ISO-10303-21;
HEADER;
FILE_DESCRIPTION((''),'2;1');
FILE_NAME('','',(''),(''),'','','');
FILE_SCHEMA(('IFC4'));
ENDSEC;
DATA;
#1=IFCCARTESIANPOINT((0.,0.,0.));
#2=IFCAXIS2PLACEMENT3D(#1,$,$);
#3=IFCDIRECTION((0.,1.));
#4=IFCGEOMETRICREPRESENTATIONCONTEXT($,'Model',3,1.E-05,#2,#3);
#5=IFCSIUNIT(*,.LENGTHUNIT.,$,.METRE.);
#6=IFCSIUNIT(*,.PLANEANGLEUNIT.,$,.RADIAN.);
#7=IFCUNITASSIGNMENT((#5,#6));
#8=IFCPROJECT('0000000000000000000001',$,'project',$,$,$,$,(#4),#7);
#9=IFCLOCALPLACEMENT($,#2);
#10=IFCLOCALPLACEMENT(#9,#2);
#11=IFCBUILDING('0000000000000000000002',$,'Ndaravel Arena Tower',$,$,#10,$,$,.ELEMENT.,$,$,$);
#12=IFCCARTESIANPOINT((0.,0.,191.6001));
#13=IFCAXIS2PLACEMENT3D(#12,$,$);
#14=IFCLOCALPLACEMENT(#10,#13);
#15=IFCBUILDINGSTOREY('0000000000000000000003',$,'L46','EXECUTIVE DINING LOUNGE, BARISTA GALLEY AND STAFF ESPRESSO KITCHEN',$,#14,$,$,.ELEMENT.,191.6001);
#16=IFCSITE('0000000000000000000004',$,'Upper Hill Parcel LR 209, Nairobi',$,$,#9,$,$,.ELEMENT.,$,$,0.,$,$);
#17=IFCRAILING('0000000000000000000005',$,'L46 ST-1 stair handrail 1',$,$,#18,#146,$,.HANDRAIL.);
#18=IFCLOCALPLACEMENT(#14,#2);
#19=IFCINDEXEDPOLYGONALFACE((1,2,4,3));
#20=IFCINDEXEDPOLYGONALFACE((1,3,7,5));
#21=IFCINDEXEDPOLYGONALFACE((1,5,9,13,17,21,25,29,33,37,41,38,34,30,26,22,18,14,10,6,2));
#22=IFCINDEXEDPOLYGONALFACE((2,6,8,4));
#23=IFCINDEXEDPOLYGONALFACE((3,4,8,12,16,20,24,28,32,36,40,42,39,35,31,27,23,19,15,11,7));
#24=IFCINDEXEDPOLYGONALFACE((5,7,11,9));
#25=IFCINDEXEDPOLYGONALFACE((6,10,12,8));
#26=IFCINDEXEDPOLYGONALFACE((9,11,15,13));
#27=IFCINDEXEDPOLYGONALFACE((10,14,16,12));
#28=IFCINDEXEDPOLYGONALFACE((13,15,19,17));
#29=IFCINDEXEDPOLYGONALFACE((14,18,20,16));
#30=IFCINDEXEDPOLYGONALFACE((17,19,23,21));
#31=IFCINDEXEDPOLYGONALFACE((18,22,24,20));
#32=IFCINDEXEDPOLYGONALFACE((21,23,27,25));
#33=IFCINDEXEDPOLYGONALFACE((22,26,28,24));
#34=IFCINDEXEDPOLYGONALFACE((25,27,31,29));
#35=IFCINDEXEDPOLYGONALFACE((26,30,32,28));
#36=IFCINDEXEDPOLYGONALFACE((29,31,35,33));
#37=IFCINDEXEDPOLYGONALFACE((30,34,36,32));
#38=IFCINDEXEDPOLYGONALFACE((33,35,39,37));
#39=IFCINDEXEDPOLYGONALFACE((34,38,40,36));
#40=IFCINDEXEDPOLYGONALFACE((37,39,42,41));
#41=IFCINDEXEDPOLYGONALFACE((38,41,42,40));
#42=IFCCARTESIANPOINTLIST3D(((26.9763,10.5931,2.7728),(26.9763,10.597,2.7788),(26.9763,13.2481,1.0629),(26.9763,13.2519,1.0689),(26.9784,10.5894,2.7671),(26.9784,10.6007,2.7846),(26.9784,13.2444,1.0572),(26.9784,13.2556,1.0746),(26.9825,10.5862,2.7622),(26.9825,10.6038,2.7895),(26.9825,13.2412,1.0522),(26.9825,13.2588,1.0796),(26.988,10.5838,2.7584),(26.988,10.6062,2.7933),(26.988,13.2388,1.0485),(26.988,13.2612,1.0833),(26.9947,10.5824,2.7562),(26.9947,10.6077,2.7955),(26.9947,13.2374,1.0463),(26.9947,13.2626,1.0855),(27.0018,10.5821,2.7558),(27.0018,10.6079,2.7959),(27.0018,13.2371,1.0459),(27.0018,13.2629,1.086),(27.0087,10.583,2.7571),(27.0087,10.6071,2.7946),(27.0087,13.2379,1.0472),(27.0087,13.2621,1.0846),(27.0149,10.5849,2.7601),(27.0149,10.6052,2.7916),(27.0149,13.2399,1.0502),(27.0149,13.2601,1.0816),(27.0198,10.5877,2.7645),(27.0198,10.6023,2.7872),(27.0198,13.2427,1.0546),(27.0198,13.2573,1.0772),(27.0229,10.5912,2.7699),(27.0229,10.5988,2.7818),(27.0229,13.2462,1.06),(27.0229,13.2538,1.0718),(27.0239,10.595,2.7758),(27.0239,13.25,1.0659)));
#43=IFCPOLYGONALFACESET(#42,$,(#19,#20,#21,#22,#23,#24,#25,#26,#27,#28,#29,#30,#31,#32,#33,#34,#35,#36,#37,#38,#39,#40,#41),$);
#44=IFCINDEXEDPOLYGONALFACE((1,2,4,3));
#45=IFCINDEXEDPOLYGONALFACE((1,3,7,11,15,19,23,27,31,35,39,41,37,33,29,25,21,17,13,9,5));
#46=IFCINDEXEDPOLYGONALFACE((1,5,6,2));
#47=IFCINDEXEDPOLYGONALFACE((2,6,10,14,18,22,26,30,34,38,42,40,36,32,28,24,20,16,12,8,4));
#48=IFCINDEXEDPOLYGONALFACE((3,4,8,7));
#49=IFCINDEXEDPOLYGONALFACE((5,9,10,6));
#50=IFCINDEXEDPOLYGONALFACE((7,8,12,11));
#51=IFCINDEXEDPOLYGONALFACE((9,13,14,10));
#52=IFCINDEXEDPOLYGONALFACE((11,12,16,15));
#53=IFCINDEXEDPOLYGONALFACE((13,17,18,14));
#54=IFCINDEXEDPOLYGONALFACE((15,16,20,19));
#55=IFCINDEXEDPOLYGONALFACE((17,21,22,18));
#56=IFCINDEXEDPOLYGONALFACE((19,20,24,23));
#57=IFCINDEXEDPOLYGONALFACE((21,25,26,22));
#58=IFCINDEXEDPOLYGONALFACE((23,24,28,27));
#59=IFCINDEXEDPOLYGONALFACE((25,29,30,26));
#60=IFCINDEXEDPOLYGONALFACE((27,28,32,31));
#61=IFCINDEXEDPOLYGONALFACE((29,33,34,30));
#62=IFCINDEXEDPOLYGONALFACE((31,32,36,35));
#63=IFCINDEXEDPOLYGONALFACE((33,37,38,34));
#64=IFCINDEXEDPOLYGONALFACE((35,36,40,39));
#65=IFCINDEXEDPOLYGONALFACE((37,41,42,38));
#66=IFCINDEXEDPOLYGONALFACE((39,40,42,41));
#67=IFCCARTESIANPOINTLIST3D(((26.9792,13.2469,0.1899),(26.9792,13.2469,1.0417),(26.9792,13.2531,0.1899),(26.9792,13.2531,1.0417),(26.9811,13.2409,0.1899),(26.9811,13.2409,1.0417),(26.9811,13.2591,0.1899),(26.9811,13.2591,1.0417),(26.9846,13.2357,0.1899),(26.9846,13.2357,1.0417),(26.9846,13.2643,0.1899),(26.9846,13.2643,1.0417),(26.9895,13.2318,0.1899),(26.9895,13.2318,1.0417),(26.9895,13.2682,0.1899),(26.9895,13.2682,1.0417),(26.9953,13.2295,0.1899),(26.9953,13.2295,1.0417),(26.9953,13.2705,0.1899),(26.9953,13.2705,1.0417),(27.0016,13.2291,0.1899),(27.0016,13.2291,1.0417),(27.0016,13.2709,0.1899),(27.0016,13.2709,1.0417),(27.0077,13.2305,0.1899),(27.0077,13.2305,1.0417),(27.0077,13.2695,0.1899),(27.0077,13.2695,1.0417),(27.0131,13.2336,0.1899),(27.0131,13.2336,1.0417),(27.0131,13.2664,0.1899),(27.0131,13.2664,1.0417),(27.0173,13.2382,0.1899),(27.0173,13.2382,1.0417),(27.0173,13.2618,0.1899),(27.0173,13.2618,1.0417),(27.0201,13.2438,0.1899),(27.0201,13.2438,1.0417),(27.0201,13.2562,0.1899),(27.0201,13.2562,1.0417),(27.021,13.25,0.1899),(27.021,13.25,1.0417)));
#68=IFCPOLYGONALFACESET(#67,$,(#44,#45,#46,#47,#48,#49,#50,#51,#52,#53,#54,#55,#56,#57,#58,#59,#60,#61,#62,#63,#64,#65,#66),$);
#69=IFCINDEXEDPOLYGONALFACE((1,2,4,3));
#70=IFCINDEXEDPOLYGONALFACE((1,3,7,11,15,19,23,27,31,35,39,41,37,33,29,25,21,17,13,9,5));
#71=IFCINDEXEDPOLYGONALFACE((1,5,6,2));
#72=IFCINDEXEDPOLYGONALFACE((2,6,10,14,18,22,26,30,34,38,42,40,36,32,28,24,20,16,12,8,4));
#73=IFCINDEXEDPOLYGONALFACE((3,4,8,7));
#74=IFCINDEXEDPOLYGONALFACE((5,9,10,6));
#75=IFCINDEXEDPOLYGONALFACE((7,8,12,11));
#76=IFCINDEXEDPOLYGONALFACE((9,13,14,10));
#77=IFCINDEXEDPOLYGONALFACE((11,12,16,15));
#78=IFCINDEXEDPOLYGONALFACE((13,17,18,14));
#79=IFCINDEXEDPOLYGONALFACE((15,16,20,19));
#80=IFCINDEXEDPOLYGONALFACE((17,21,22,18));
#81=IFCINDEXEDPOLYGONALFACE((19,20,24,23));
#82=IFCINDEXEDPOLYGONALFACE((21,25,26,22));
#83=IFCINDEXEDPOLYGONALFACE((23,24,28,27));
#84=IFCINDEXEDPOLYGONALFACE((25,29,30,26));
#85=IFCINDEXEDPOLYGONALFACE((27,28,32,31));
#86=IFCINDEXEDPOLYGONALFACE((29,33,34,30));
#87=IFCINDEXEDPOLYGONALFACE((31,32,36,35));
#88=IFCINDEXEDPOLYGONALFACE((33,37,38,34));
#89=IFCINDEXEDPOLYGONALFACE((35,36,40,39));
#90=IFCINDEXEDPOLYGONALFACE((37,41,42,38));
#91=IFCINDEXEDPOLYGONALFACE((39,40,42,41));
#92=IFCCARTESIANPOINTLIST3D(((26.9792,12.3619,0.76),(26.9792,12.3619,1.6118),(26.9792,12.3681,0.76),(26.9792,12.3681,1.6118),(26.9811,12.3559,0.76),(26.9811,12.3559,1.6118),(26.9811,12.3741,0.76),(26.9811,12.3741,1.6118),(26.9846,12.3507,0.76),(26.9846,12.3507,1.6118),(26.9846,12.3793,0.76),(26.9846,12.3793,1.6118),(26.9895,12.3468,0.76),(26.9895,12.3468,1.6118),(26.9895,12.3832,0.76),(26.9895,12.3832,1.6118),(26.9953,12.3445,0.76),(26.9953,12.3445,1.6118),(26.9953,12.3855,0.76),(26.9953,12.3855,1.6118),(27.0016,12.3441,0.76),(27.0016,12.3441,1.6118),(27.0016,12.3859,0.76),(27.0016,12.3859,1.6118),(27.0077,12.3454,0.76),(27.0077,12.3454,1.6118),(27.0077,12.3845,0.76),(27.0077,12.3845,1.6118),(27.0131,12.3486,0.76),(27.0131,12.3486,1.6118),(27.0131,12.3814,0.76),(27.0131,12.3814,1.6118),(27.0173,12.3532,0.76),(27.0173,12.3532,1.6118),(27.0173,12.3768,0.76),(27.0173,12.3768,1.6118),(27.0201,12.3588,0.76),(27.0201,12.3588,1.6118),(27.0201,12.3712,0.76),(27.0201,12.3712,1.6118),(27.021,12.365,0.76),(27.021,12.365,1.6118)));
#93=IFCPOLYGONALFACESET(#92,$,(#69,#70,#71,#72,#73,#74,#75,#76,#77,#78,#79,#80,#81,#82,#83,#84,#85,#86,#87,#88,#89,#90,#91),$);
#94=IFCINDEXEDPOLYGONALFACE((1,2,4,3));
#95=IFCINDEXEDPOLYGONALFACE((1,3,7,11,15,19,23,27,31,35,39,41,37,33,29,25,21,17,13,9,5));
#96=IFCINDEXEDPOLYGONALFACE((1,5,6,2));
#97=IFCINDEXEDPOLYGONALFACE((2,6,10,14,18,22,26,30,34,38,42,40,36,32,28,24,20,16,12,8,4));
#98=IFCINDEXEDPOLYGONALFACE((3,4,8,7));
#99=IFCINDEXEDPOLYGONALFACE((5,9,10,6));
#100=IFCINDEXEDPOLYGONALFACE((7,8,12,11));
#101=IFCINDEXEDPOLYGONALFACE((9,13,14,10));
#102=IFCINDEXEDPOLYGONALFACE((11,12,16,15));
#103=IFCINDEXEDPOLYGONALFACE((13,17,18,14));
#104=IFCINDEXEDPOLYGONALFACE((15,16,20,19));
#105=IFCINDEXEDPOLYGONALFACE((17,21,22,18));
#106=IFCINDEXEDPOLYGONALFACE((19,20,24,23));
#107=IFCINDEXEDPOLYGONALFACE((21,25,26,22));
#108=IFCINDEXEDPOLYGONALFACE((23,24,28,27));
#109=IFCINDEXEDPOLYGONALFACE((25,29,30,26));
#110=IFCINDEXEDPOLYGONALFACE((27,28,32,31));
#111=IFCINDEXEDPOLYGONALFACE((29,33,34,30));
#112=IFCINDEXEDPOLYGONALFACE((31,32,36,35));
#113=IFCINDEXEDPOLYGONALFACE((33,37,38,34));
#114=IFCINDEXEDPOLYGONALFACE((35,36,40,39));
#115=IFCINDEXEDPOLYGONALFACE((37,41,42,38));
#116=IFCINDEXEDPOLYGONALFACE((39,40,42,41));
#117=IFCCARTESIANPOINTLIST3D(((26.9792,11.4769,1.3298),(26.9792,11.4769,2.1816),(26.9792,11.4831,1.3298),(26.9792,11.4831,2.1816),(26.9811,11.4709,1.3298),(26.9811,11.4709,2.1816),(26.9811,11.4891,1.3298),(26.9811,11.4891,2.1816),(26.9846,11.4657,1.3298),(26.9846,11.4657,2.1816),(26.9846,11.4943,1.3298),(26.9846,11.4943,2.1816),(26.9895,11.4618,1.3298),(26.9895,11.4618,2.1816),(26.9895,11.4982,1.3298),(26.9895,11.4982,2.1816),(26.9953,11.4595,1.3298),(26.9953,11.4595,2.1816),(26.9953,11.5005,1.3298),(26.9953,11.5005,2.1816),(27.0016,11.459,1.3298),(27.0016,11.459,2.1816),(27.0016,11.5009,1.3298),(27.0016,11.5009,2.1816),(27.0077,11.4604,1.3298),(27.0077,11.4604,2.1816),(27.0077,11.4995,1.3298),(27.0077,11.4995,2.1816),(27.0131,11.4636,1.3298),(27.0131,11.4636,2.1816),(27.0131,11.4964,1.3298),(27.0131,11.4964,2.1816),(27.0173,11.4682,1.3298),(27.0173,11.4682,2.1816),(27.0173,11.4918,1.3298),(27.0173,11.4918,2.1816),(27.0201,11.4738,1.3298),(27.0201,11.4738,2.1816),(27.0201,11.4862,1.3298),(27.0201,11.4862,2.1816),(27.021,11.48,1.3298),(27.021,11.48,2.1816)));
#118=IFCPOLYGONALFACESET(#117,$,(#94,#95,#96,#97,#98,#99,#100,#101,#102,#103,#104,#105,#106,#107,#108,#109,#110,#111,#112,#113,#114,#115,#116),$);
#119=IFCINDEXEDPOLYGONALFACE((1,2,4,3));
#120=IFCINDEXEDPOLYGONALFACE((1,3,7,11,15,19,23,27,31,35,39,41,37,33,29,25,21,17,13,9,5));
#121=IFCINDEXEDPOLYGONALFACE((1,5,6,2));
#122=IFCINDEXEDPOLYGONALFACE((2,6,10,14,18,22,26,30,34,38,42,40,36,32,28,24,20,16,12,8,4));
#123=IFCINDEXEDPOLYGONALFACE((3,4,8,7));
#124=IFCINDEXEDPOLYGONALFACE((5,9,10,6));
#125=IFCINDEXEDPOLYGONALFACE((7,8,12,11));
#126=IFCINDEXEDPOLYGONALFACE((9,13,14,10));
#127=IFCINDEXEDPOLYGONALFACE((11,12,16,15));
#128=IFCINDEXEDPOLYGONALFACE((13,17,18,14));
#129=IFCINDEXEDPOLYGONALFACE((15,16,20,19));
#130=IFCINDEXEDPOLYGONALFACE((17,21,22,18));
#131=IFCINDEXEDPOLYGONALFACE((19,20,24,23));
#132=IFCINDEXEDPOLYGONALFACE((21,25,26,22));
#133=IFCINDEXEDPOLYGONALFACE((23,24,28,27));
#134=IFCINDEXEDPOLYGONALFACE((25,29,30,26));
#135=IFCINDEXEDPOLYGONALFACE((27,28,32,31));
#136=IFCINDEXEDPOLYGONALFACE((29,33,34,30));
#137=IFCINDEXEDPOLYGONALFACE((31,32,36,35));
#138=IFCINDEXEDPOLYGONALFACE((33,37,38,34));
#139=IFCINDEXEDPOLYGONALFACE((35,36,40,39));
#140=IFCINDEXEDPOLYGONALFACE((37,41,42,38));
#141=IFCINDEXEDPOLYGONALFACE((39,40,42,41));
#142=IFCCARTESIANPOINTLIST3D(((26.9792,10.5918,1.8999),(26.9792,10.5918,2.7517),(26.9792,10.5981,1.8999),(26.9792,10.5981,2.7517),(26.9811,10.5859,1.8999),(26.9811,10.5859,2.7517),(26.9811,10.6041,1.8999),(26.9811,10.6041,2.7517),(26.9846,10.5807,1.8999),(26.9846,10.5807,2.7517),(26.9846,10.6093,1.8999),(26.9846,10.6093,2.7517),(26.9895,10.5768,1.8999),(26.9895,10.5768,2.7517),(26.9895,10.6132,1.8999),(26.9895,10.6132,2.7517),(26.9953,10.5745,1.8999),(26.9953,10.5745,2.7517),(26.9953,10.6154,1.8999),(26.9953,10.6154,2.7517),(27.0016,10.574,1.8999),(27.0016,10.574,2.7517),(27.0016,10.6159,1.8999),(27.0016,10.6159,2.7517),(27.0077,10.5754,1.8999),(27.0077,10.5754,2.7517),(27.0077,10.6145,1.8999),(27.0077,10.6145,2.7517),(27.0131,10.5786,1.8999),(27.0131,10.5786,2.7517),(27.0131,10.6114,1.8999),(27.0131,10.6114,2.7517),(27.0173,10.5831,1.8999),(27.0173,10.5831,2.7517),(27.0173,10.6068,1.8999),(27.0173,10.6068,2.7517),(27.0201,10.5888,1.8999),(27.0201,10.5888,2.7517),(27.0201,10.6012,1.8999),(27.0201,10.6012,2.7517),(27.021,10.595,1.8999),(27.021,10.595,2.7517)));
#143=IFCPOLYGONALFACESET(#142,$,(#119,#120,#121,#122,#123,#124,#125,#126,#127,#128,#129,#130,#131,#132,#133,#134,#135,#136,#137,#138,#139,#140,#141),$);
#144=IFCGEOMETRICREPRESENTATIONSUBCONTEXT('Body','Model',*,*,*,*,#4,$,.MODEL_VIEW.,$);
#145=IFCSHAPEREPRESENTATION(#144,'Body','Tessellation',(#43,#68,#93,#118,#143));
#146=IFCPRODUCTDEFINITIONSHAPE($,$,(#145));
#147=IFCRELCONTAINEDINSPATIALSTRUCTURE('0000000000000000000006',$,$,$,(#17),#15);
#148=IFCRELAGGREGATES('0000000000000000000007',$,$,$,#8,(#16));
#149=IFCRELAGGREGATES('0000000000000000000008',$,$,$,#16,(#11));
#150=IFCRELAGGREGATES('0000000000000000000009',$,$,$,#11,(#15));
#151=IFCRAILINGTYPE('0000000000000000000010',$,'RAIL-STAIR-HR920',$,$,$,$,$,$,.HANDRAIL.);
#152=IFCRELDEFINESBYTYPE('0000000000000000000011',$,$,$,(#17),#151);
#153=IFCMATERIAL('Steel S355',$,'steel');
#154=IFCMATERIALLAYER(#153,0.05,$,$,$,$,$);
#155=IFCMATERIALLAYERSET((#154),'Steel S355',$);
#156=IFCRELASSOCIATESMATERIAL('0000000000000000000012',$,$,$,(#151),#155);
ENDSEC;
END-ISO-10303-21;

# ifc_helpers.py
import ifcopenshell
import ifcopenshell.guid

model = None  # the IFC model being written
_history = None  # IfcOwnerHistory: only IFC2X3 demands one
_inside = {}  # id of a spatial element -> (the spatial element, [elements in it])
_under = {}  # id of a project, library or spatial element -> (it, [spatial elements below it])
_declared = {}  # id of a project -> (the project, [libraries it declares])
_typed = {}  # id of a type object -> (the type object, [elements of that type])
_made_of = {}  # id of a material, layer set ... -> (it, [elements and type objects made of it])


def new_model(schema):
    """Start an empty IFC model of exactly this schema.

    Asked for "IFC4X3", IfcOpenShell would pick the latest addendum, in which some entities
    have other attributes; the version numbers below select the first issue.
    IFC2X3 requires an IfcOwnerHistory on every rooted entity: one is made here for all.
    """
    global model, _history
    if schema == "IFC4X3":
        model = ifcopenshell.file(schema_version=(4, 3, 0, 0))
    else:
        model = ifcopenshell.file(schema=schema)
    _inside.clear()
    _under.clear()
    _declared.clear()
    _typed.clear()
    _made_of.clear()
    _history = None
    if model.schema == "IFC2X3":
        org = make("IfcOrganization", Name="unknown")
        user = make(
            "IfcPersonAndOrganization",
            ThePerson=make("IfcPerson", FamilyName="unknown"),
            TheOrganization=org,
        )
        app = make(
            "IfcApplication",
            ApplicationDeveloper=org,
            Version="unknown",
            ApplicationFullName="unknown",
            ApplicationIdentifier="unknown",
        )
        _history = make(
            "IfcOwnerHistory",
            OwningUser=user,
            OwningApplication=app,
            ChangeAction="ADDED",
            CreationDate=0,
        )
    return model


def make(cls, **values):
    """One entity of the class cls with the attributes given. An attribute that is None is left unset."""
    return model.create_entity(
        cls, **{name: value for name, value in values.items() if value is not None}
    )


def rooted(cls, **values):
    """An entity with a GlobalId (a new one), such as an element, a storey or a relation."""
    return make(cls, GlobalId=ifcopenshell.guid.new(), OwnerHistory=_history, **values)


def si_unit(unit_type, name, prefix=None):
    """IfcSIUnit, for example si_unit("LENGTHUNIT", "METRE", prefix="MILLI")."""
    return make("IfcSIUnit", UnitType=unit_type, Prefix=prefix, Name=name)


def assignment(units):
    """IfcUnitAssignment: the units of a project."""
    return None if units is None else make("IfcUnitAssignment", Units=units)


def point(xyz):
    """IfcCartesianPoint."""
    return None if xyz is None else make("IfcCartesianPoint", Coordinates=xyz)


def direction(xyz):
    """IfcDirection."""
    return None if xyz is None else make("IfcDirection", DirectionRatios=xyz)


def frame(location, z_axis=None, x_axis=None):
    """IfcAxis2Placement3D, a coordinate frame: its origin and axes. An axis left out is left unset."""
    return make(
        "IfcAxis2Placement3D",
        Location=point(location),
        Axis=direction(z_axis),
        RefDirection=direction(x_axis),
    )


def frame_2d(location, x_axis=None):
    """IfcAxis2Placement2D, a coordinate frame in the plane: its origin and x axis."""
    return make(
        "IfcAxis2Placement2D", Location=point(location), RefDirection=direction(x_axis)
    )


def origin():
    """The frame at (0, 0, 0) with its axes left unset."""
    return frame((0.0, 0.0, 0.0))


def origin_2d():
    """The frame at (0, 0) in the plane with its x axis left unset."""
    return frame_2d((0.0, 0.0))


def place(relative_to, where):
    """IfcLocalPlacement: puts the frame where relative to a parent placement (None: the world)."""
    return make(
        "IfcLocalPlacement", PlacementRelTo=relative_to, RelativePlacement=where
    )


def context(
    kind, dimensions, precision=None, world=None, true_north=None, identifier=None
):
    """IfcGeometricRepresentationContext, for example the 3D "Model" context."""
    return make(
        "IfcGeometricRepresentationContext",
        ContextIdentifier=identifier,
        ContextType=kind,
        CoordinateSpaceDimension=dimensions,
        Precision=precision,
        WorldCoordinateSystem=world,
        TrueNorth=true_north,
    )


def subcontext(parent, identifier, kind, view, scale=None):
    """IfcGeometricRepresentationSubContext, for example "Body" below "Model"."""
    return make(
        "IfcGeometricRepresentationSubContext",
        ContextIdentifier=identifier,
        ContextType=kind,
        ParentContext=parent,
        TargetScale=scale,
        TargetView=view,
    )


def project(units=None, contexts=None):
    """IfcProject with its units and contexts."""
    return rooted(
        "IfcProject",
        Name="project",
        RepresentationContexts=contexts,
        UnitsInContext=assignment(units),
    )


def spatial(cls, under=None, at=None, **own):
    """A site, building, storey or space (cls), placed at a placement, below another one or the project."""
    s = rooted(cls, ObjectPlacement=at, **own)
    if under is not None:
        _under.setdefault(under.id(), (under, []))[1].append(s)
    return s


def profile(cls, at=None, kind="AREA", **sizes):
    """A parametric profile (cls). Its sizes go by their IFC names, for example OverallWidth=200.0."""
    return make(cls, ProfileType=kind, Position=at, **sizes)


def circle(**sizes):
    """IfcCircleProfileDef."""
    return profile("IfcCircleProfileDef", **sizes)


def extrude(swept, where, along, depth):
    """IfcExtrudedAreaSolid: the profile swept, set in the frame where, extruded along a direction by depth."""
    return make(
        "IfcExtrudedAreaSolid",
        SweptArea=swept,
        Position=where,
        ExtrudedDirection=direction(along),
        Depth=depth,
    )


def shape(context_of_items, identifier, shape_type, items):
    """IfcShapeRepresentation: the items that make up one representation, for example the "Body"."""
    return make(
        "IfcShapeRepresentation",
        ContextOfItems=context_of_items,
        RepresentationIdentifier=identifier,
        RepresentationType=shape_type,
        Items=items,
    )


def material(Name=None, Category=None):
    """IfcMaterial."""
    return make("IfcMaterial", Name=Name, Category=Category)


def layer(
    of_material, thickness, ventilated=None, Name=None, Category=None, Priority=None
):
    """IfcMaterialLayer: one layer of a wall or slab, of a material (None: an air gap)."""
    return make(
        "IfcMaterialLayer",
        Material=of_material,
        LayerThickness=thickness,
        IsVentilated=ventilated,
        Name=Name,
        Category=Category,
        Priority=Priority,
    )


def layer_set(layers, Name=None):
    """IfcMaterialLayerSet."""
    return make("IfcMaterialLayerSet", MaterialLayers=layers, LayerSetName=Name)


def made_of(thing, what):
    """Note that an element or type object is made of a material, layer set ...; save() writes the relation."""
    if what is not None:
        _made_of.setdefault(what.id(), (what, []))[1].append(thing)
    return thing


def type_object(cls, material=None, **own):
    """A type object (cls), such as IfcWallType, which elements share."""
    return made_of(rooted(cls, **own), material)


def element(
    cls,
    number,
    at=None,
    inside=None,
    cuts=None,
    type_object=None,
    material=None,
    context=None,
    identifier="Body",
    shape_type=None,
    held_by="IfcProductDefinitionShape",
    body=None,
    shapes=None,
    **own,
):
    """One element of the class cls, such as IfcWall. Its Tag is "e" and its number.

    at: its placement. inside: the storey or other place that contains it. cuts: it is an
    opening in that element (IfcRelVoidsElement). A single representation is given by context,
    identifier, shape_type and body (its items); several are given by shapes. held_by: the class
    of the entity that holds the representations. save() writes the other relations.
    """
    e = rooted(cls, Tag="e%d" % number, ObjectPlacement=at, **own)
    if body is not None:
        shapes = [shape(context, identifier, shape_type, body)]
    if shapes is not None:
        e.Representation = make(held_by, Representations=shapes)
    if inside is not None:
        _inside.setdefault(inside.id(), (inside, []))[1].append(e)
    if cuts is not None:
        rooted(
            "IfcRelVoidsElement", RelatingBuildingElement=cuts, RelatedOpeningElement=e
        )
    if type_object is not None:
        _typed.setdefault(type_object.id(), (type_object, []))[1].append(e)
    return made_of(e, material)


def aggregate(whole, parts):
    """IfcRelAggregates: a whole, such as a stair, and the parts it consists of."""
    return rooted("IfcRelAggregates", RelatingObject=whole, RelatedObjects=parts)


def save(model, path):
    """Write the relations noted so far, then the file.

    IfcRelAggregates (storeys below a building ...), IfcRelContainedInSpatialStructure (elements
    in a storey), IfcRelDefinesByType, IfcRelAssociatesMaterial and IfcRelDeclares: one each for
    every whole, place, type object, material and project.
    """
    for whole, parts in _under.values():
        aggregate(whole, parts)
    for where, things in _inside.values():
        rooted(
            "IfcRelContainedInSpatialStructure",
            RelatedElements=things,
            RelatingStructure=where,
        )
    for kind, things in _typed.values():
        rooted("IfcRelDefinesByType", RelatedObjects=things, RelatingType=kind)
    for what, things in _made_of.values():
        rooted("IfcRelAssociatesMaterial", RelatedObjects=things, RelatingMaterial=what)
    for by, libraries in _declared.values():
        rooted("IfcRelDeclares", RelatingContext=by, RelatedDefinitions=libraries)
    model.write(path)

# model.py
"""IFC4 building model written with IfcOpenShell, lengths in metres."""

from ifc_helpers import new_model, si_unit, direction, frame, origin, origin_2d, place, context, subcontext, project, spatial, circle, extrude, material, layer, layer_set, type_object, element, save


model = new_model("IFC4")

# Units and contexts
model_context = context("Model", 3, precision=1e-05, world=origin(), true_north=direction((0.0, 1.0)))
body_context = subcontext(model_context, "Body", "Model", "MODEL_VIEW")
ifc_project = project(units=[si_unit("LENGTHUNIT", "METRE"), si_unit("PLANEANGLEUNIT", "RADIAN")], contexts=[model_context])

# Site, building, storey
site_placement = place(None, origin())
site = spatial("IfcSite", under=ifc_project, at=site_placement, Name="Upper Hill Parcel LR 209, Nairobi", CompositionType="ELEMENT", RefElevation=0.0)
building_placement = place(site_placement, origin())
building = spatial("IfcBuilding", under=site, at=building_placement, Name="Ndaravel Arena Tower", CompositionType="ELEMENT")
storey_placement = place(building_placement, frame((0.0, 0.0, 191.6001)))
storey = spatial("IfcBuildingStorey", under=building, at=storey_placement, Name="L46", Description="EXECUTIVE DINING LOUNGE, BARISTA GALLEY AND STAFF ESPRESSO KITCHEN", CompositionType="ELEMENT", Elevation=191.6001)

# Railing
ifc_material_1 = material(Name="Steel S355", Category="steel")
ifc_layer_1 = layer(ifc_material_1, 0.05)
ifc_layer_set_1 = layer_set([ifc_layer_1], Name="Steel S355")
railing_type_1 = type_object("IfcRailingType", Name="RAIL-STAIR-HR920", PredefinedType="HANDRAIL", material=ifc_layer_set_1)
railing_1_placement = place(storey_placement, frame((27.0, 13.25, 0.1899)))
element("IfcRailing", 1, at=railing_1_placement, inside=storey, type_object=railing_type_1, Name="L46 ST-1 stair handrail 1", PredefinedType="HANDRAIL", context=body_context, shape_type="SweptSolid", body=[
    extrude(circle(Radius=0.0239, at=origin_2d()), frame((0.0, 0.0, 0.876), z_axis=(0.0, -0.840724, 0.541465), x_axis=(1.0, 0.0, 0.0)), (0.0, 0.0, 1.0), 3.158),
    extrude(circle(Radius=0.021, at=origin_2d()), origin(), (0.0, 0.0, 1.0), 0.8518),
    extrude(circle(Radius=0.021, at=origin_2d()), frame((0.0, -0.885, 0.5701)), (0.0, 0.0, 1.0), 0.8518),
    extrude(circle(Radius=0.021, at=origin_2d()), frame((0.0, -1.77, 1.1399)), (0.0, 0.0, 1.0), 0.8518),
    extrude(circle(Radius=0.021, at=origin_2d()), frame((0.0, -2.655, 1.71)), (0.0, 0.0, 1.0), 0.8518),
])

save(model, "model.ifc")
